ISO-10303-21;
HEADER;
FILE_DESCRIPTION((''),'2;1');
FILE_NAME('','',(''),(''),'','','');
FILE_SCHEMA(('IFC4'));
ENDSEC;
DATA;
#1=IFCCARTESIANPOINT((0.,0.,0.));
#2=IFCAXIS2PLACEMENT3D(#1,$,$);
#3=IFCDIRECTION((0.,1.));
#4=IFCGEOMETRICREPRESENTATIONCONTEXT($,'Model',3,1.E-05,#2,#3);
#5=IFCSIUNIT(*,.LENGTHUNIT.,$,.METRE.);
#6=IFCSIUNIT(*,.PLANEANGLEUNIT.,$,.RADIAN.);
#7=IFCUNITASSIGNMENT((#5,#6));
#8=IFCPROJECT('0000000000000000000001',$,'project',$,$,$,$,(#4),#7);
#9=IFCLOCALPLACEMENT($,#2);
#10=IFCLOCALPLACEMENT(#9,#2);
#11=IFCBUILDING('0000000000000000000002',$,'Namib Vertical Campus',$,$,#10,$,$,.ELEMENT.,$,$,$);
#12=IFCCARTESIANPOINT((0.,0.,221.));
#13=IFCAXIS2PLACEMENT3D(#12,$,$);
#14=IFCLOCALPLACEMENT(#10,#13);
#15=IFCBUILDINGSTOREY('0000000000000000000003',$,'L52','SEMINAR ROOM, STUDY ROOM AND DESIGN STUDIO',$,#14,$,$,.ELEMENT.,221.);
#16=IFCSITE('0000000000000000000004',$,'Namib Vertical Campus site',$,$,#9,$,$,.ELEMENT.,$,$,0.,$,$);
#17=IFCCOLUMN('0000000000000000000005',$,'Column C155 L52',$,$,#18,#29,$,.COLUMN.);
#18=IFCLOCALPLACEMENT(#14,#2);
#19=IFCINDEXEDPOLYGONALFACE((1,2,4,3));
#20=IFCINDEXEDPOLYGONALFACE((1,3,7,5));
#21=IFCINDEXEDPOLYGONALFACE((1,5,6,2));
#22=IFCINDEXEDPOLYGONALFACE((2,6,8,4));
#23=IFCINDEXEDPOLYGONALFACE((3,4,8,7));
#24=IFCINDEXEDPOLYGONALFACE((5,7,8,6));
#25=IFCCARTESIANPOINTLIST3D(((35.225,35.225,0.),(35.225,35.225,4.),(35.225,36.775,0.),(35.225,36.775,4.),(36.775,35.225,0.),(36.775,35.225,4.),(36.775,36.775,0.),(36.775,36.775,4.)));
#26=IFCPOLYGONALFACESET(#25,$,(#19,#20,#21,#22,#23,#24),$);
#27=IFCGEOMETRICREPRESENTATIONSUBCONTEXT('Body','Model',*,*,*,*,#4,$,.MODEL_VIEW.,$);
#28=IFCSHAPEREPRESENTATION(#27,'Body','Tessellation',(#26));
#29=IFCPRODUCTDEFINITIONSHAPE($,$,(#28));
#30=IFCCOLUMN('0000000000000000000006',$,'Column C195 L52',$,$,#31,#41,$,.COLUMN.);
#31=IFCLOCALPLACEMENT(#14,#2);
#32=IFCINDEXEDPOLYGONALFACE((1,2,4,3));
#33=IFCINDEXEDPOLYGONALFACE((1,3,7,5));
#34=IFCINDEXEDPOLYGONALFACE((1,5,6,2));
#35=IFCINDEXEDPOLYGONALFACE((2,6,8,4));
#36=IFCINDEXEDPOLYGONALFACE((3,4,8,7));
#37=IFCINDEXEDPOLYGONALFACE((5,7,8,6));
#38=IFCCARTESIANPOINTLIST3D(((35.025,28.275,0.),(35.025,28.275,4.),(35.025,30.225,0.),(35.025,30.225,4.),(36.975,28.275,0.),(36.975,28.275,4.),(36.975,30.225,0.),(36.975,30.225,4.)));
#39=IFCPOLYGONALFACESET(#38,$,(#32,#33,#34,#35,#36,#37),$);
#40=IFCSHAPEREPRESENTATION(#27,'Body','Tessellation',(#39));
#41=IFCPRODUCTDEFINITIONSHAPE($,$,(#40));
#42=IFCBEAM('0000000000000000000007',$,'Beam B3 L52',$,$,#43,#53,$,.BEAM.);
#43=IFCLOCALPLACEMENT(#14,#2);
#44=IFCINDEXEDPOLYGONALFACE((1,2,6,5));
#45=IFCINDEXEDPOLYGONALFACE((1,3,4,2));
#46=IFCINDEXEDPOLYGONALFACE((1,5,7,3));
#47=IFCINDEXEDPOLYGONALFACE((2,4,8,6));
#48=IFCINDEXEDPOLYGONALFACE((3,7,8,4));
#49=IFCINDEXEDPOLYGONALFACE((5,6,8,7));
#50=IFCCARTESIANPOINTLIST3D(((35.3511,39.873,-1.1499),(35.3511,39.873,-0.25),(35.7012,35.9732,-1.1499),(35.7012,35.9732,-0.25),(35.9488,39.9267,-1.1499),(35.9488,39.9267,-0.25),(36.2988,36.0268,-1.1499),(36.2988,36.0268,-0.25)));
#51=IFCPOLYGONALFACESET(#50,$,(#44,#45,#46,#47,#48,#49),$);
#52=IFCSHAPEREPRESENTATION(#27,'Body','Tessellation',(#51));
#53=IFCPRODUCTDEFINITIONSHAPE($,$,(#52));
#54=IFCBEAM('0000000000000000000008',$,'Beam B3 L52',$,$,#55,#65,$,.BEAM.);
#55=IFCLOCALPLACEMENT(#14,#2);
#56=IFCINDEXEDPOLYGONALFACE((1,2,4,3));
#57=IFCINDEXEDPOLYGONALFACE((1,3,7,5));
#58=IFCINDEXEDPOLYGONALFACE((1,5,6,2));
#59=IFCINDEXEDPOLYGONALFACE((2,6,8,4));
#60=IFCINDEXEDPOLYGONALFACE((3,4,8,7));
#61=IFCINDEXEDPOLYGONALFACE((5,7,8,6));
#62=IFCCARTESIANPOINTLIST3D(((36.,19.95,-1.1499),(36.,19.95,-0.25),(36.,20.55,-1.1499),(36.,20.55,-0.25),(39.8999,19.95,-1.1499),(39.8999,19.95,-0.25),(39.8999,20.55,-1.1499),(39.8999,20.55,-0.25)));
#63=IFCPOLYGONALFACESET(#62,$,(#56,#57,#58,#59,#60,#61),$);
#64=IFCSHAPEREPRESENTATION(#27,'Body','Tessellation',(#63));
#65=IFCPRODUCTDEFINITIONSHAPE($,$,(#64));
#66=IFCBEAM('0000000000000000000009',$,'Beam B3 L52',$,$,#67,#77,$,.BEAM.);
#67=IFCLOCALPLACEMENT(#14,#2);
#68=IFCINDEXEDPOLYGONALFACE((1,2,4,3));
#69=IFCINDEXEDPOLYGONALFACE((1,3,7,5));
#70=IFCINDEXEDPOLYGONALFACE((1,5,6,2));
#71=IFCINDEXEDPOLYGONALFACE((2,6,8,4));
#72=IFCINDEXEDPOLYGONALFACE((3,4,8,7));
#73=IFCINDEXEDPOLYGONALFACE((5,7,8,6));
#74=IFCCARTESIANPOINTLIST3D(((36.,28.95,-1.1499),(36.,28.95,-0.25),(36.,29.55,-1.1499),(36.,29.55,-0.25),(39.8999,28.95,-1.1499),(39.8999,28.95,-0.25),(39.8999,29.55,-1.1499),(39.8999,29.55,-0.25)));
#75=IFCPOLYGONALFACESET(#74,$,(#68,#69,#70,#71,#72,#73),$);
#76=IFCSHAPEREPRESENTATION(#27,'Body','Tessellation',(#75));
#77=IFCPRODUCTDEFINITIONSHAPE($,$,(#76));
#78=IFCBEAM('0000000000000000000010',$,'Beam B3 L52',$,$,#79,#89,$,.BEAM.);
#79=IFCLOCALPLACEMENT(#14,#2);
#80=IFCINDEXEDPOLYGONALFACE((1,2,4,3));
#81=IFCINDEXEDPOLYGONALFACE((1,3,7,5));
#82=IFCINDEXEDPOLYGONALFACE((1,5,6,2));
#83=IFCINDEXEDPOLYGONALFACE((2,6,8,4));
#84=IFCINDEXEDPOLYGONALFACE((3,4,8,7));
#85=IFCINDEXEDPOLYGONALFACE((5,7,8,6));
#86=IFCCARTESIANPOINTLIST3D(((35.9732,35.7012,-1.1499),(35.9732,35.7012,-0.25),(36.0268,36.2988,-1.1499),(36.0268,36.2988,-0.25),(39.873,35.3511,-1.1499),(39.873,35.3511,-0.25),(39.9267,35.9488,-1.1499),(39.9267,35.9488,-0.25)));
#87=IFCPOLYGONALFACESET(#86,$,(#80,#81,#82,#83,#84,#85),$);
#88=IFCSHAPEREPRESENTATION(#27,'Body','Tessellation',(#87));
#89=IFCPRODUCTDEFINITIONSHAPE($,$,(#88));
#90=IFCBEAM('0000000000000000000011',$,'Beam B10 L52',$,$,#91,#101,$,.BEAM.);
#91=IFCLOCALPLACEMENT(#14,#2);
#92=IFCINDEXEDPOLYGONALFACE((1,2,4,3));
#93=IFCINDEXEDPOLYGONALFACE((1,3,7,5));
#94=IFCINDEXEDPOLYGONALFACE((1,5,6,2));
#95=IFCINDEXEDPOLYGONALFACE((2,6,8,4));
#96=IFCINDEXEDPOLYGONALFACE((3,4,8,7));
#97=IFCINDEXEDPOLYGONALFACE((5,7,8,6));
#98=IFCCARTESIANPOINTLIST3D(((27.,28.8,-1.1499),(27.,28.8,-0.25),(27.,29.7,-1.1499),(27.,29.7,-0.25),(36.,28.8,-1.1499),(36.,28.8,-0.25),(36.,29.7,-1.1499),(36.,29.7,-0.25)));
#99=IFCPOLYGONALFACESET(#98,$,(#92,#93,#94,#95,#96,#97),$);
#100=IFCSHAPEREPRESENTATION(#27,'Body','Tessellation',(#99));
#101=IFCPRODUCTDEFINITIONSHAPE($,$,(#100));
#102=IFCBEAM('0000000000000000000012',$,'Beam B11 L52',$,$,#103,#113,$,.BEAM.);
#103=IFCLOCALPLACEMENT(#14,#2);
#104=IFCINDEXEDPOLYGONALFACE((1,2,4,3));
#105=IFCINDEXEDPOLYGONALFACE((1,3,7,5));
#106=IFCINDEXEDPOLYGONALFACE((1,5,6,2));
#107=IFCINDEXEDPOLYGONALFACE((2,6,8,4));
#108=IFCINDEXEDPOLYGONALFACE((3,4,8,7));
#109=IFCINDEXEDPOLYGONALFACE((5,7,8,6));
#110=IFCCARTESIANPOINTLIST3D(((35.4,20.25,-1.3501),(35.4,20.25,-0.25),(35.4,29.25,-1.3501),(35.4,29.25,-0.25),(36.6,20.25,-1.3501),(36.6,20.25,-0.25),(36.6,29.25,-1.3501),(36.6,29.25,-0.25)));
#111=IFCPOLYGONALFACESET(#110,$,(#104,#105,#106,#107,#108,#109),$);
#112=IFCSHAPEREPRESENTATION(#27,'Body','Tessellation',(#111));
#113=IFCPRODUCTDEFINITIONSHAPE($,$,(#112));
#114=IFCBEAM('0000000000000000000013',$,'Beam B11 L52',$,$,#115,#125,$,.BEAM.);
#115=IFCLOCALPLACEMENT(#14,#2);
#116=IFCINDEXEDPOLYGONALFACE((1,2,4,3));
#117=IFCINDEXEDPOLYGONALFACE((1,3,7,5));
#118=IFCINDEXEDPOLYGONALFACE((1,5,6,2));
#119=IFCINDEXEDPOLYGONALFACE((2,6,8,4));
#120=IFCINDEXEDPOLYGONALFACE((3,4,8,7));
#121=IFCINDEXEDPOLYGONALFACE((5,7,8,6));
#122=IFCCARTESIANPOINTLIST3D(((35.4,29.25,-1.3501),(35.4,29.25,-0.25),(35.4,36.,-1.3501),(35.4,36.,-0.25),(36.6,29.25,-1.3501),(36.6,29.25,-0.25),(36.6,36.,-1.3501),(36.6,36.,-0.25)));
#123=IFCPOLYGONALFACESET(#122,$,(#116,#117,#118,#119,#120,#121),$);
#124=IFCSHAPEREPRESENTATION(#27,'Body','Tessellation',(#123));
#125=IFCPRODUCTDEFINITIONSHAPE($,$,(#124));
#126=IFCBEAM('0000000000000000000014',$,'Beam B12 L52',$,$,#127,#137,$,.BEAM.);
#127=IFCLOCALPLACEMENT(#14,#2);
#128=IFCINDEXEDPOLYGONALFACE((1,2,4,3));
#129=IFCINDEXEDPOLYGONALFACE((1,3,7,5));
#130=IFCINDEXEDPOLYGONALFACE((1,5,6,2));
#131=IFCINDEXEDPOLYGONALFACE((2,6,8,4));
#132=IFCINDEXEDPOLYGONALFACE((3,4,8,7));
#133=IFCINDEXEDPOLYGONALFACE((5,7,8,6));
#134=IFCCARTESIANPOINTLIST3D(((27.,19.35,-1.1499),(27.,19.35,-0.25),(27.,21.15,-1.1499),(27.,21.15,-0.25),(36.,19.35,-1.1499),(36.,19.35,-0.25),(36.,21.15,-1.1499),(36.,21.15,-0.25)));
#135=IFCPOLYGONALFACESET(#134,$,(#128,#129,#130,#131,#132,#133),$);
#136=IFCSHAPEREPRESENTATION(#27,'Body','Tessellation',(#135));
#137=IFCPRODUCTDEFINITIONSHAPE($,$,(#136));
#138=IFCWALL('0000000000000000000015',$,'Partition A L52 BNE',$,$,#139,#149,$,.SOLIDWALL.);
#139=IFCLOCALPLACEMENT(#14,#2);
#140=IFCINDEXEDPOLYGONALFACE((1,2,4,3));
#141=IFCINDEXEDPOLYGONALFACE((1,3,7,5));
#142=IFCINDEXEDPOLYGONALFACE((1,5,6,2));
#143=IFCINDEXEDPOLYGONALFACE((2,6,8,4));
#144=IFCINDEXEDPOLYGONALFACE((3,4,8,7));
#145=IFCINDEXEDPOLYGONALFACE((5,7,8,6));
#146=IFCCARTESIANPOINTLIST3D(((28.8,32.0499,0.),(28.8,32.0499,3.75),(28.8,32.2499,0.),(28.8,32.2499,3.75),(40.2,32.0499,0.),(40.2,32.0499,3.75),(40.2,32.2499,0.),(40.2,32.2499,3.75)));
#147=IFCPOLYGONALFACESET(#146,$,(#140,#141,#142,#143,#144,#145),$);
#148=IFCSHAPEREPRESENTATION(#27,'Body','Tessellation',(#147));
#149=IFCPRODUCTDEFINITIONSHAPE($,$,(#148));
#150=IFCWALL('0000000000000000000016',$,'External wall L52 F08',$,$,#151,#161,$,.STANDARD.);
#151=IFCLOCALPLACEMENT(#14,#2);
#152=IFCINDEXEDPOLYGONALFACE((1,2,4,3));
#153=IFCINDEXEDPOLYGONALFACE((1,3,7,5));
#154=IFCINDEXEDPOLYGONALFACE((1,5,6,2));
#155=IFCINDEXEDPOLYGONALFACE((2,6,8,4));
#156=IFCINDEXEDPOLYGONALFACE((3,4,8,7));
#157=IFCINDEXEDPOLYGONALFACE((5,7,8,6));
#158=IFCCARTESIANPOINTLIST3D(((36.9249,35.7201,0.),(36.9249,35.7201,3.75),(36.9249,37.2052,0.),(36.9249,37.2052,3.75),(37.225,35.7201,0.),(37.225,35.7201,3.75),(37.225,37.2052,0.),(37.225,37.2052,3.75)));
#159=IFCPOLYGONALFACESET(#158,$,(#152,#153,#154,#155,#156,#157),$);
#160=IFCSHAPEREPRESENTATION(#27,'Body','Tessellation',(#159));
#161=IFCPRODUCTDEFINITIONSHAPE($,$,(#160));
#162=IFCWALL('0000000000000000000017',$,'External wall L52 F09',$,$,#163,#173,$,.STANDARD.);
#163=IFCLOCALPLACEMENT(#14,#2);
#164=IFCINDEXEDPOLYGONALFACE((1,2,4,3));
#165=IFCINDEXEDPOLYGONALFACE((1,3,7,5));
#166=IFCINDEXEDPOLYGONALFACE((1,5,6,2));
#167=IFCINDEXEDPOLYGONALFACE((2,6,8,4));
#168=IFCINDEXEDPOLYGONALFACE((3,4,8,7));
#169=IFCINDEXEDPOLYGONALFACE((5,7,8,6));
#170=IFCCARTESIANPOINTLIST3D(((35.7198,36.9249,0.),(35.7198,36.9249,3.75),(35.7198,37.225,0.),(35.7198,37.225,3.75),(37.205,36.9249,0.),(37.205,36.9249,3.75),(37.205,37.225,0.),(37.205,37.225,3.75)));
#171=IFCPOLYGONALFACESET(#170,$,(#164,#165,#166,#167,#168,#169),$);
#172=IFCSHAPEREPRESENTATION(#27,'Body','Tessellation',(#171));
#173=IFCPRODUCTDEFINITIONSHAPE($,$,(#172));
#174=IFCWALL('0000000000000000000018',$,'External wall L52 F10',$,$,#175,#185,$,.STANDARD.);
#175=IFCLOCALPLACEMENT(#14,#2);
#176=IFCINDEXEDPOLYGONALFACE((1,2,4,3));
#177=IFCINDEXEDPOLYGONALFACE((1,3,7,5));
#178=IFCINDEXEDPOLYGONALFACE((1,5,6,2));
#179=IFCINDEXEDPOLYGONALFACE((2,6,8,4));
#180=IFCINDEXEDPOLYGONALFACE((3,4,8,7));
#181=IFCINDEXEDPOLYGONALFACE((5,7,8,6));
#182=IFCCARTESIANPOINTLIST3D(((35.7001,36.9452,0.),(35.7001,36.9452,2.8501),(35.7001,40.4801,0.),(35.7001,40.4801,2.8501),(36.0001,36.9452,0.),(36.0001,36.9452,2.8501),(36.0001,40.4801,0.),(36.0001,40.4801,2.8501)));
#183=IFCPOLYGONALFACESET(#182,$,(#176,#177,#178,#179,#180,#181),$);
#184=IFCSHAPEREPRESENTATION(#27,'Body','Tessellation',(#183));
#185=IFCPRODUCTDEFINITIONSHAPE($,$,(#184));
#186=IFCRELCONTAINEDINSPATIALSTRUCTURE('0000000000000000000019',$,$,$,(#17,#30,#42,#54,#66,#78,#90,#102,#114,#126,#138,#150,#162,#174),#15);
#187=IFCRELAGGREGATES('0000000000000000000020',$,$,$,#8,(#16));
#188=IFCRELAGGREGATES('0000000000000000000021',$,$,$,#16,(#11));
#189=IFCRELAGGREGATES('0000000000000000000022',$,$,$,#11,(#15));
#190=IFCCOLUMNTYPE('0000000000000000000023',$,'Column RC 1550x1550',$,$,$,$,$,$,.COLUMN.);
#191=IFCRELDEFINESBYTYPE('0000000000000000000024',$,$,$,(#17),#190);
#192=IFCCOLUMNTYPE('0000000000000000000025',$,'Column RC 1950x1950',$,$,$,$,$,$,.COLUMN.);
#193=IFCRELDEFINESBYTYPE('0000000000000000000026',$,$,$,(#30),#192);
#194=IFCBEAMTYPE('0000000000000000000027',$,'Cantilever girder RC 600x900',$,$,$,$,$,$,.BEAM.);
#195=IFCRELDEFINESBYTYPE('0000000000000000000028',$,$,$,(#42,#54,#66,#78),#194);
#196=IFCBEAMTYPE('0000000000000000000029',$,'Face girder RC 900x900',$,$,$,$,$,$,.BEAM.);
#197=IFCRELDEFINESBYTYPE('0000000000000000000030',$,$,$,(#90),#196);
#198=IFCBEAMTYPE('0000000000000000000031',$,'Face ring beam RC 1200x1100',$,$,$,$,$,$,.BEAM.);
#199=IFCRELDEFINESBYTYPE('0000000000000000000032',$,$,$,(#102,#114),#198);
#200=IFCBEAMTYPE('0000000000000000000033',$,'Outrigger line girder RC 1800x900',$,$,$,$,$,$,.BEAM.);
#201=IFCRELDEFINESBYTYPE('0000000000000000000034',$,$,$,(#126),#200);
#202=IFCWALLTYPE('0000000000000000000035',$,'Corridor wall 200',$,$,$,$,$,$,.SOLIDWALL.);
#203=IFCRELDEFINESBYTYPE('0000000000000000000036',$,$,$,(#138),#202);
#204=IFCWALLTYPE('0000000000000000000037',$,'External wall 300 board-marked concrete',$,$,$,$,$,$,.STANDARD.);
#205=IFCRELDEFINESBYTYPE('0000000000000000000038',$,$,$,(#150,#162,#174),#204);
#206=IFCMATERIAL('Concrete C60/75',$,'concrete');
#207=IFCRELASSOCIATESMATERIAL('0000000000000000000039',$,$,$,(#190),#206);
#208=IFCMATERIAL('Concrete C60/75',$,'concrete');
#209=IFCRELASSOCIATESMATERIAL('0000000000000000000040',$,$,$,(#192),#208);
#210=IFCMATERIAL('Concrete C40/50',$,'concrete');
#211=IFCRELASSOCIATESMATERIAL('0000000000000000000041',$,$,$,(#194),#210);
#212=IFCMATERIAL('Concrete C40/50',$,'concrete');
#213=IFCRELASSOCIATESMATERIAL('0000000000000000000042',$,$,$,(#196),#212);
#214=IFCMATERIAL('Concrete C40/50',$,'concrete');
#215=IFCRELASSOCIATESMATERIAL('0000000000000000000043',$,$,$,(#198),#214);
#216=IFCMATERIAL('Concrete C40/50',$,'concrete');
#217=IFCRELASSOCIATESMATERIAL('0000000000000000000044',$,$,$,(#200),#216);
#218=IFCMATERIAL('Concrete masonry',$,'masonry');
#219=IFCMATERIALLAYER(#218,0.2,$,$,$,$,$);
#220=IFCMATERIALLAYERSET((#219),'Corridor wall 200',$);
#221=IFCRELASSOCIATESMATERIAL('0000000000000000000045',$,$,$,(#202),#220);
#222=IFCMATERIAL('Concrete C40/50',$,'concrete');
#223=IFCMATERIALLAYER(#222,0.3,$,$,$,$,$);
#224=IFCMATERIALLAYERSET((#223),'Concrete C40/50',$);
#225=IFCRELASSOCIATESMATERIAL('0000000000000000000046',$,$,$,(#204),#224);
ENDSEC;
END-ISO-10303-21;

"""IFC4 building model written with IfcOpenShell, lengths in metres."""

from ifc_helpers import new_model, si_unit, direction, frame, frame_2d, origin, origin_2d, place, context, subcontext, project, spatial, rectangle, extrude, material, layer, layer_set, material_profile, profile_set, type_object, element, save


model = new_model("IFC4")

# Units and contexts
model_context = context("Model", 3, precision=1e-05, world=origin(), true_north=direction((0.0, 1.0)))
body_context = subcontext(model_context, "Body", "Model", "MODEL_VIEW")
ifc_project = project(units=[si_unit("LENGTHUNIT", "METRE"), si_unit("PLANEANGLEUNIT", "RADIAN")], contexts=[model_context])

# Site, building, storey
site_placement = place(None, origin())
site = spatial("IfcSite", under=ifc_project, at=site_placement, Name="Namib Vertical Campus site", CompositionType="ELEMENT", RefElevation=0.0)
building_placement = place(site_placement, origin())
building = spatial("IfcBuilding", under=site, at=building_placement, Name="Namib Vertical Campus", CompositionType="ELEMENT")
storey_placement = place(building_placement, frame((0.0, 0.0, 221.0)))
storey = spatial("IfcBuildingStorey", under=building, at=storey_placement, Name="L52", Description="SEMINAR ROOM, STUDY ROOM AND DESIGN STUDIO", CompositionType="ELEMENT", Elevation=221.0)

# Columns
ifc_material_1 = material(Name="Concrete C60/75", Category="concrete")
ifc_material_profile_1 = material_profile(ifc_material_1, rectangle(XDim=1.55, YDim=1.55, at=origin_2d()))
ifc_profile_set_1 = profile_set([ifc_material_profile_1], Name="Concrete C60/75")
column_type_1 = type_object("IfcColumnType", Name="Column RC 1550x1550", PredefinedType="COLUMN", material=ifc_profile_set_1)
column_1_placement = place(storey_placement, frame((36.0, 36.0, 0.0), z_axis=(0.0, 0.0, 1.0), x_axis=(1.0, 0.0, 0.0)))
element("IfcColumn", 1, at=column_1_placement, inside=storey, type_object=column_type_1, Name="Column C155 L52", PredefinedType="COLUMN", context=body_context, shape_type="SweptSolid", body=[
    extrude(rectangle(XDim=1.55, YDim=1.55, at=origin_2d()), origin(), (0.0, 0.0, 1.0), 4.0),
])
ifc_material_2 = material(Name="Concrete C60/75", Category="concrete")
ifc_material_profile_2 = material_profile(ifc_material_2, rectangle(XDim=1.95, YDim=1.95, at=origin_2d()))
ifc_profile_set_2 = profile_set([ifc_material_profile_2], Name="Concrete C60/75")
column_type_2 = type_object("IfcColumnType", Name="Column RC 1950x1950", PredefinedType="COLUMN", material=ifc_profile_set_2)
column_2_placement = place(storey_placement, frame((36.0, 29.25, 0.0), z_axis=(0.0, 0.0, 1.0), x_axis=(1.0, 0.0, 0.0)))
element("IfcColumn", 2, at=column_2_placement, inside=storey, type_object=column_type_2, Name="Column C195 L52", PredefinedType="COLUMN", context=body_context, shape_type="SweptSolid", body=[
    extrude(rectangle(XDim=1.95, YDim=1.95, at=origin_2d()), origin(), (0.0, 0.0, 1.0), 4.0),
])

# Beams
ifc_material_3 = material(Name="Concrete C40/50", Category="concrete")
ifc_material_profile_3 = material_profile(ifc_material_3, rectangle(XDim=0.6001, YDim=0.8999, at=origin_2d()))
ifc_profile_set_3 = profile_set([ifc_material_profile_3], Name="Concrete C40/50")
beam_type_1 = type_object("IfcBeamType", Name="Cantilever girder RC 600x900", PredefinedType="BEAM", material=ifc_profile_set_3)
beam_1_placement = place(storey_placement, frame((36.0, 36.0, -0.7), z_axis=(-0.089411, 0.995995, 0.0), x_axis=(-0.995995, -0.089411, 0.0)))
element("IfcBeam", 3, at=beam_1_placement, inside=storey, type_object=beam_type_1, Name="Beam B3 L52", PredefinedType="BEAM", context=body_context, shape_type="SweptSolid", body=[
    extrude(rectangle(XDim=0.6001, YDim=0.8999, at=origin_2d()), origin(), (0.0, 0.0, 1.0), 3.9155),
])
for number, where, z_axis, x_axis, name in (
    (4, (36.0, 20.25, -0.7), (1.0, 0.0, 0.0), (0.0, 1.0, 0.0), "Beam B3 L52"),
    (5, (36.0, 29.25, -0.7), (1.0, 0.0, 0.0), (0.0, 1.0, 0.0), "Beam B3 L52"),
):
    element("IfcBeam", number, at=place(storey_placement, frame(where, z_axis=z_axis, x_axis=x_axis)), inside=storey, type_object=beam_type_1, Name=name, PredefinedType="BEAM", context=body_context, shape_type="SweptSolid", body=[
        extrude(rectangle(XDim=0.6001, YDim=0.8999, at=origin_2d()), origin(), (0.0, 0.0, 1.0), 3.8999),
    ])
beam_2_placement = place(storey_placement, frame((36.0, 36.0, -0.7), z_axis=(0.995995, -0.089411, 0.0), x_axis=(0.089411, 0.995995, 0.0)))
element("IfcBeam", 6, at=beam_2_placement, inside=storey, type_object=beam_type_1, Name="Beam B3 L52", PredefinedType="BEAM", context=body_context, shape_type="SweptSolid", body=[
    extrude(rectangle(XDim=0.6001, YDim=0.8999, at=origin_2d()), origin(), (0.0, 0.0, 1.0), 3.9155),
])
ifc_material_4 = material(Name="Concrete C40/50", Category="concrete")
ifc_material_profile_4 = material_profile(ifc_material_4, rectangle(XDim=0.8999, YDim=0.8999, at=origin_2d()))
ifc_profile_set_4 = profile_set([ifc_material_profile_4], Name="Concrete C40/50")
beam_type_2 = type_object("IfcBeamType", Name="Face girder RC 900x900", PredefinedType="BEAM", material=ifc_profile_set_4)
beam_3_placement = place(storey_placement, frame((36.0, 29.25, -0.7), z_axis=(-1.0, 0.0, 0.0), x_axis=(0.0, -1.0, 0.0)))
element("IfcBeam", 7, at=beam_3_placement, inside=storey, type_object=beam_type_2, Name="Beam B10 L52", PredefinedType="BEAM", context=body_context, shape_type="SweptSolid", body=[
    extrude(rectangle(XDim=0.8999, YDim=0.8999, at=origin_2d()), origin(), (0.0, 0.0, 1.0), 9.0),
])
ifc_material_5 = material(Name="Concrete C40/50", Category="concrete")
ifc_material_profile_5 = material_profile(ifc_material_5, rectangle(XDim=1.2, YDim=1.1001, at=origin_2d()))
ifc_profile_set_5 = profile_set([ifc_material_profile_5], Name="Concrete C40/50")
beam_type_3 = type_object("IfcBeamType", Name="Face ring beam RC 1200x1100", PredefinedType="BEAM", material=ifc_profile_set_5)
beam_4_placement = place(storey_placement, frame((36.0, 20.25, -0.8), z_axis=(0.0, 1.0, 0.0), x_axis=(-1.0, 0.0, 0.0)))
element("IfcBeam", 8, at=beam_4_placement, inside=storey, type_object=beam_type_3, Name="Beam B11 L52", PredefinedType="BEAM", context=body_context, shape_type="SweptSolid", body=[
    extrude(rectangle(XDim=1.2, YDim=1.1001, at=origin_2d()), origin(), (0.0, 0.0, 1.0), 9.0),
])
beam_5_placement = place(storey_placement, frame((36.0, 29.25, -0.8), z_axis=(0.0, 1.0, 0.0), x_axis=(-1.0, 0.0, 0.0)))
element("IfcBeam", 9, at=beam_5_placement, inside=storey, type_object=beam_type_3, Name="Beam B11 L52", PredefinedType="BEAM", context=body_context, shape_type="SweptSolid", body=[
    extrude(rectangle(XDim=1.2, YDim=1.1001, at=origin_2d()), origin(), (0.0, 0.0, 1.0), 6.75),
])
ifc_material_6 = material(Name="Concrete C40/50", Category="concrete")
ifc_material_profile_6 = material_profile(ifc_material_6, rectangle(XDim=1.8, YDim=0.8999, at=origin_2d()))
ifc_profile_set_6 = profile_set([ifc_material_profile_6], Name="Concrete C40/50")
beam_type_4 = type_object("IfcBeamType", Name="Outrigger line girder RC 1800x900", PredefinedType="BEAM", material=ifc_profile_set_6)
beam_6_placement = place(storey_placement, frame((36.0, 20.25, -0.7), z_axis=(-1.0, 0.0, 0.0), x_axis=(0.0, -1.0, 0.0)))
element("IfcBeam", 10, at=beam_6_placement, inside=storey, type_object=beam_type_4, Name="Beam B12 L52", PredefinedType="BEAM", context=body_context, shape_type="SweptSolid", body=[
    extrude(rectangle(XDim=1.8, YDim=0.8999, at=origin_2d()), origin(), (0.0, 0.0, 1.0), 9.0),
])

# Walls
ifc_material_7 = material(Name="Concrete masonry", Category="masonry")
ifc_layer_1 = layer(ifc_material_7, 0.2)
ifc_layer_set_1 = layer_set([ifc_layer_1], Name="Corridor wall 200")
wall_type_1 = type_object("IfcWallType", Name="Corridor wall 200", PredefinedType="SOLIDWALL", material=ifc_layer_set_1)
wall_1_placement = place(storey_placement, frame((28.8, 32.1499, 0.0), z_axis=(0.0, 0.0, 1.0), x_axis=(1.0, 0.0, 0.0)))
element("IfcWall", 11, at=wall_1_placement, inside=storey, type_object=wall_type_1, Name="Partition A L52 BNE", PredefinedType="SOLIDWALL", context=body_context, shape_type="SweptSolid", body=[
    extrude(rectangle(XDim=11.3999, YDim=0.2, at=frame_2d((5.7, 0.0))), origin(), (0.0, 0.0, 1.0), 3.75),
])
ifc_material_8 = material(Name="Concrete C40/50", Category="concrete")
ifc_layer_2 = layer(ifc_material_8, 0.3)
ifc_layer_set_2 = layer_set([ifc_layer_2], Name="Concrete C40/50")
wall_type_2 = type_object("IfcWallType", Name="External wall 300 board-marked concrete", PredefinedType="STANDARD", material=ifc_layer_set_2)
for number, where, z_axis, x_axis, name in (
    (12, (37.075, 35.72, 0.0), (0.0, 0.0, 1.0), (0.0, 1.0, 0.0), "External wall L52 F08"),
    (13, (37.2051, 37.075, 0.0), (0.0, 0.0, 1.0), (-1.0, 0.0, 0.0), "External wall L52 F09"),
):
    element("IfcWall", number, at=place(storey_placement, frame(where, z_axis=z_axis, x_axis=x_axis)), inside=storey, type_object=wall_type_2, Name=name, PredefinedType="STANDARD", context=body_context, shape_type="SweptSolid", body=[
        extrude(rectangle(XDim=1.4851, YDim=0.3, at=frame_2d((0.7427, 0.0))), origin(), (0.0, 0.0, 1.0), 3.75),
    ])
wall_2_placement = place(storey_placement, frame((35.8501, 36.9451, 0.0), z_axis=(0.0, 0.0, 1.0), x_axis=(0.0, 1.0, 0.0)))
element("IfcWall", 14, at=wall_2_placement, inside=storey, type_object=wall_type_2, Name="External wall L52 F10", PredefinedType="STANDARD", context=body_context, shape_type="SweptSolid", body=[
    extrude(rectangle(XDim=3.5349, YDim=0.3, at=frame_2d((1.7676, 0.0))), origin(), (0.0, 0.0, 1.0), 2.8501),
])

save(model, "model.ifc")
